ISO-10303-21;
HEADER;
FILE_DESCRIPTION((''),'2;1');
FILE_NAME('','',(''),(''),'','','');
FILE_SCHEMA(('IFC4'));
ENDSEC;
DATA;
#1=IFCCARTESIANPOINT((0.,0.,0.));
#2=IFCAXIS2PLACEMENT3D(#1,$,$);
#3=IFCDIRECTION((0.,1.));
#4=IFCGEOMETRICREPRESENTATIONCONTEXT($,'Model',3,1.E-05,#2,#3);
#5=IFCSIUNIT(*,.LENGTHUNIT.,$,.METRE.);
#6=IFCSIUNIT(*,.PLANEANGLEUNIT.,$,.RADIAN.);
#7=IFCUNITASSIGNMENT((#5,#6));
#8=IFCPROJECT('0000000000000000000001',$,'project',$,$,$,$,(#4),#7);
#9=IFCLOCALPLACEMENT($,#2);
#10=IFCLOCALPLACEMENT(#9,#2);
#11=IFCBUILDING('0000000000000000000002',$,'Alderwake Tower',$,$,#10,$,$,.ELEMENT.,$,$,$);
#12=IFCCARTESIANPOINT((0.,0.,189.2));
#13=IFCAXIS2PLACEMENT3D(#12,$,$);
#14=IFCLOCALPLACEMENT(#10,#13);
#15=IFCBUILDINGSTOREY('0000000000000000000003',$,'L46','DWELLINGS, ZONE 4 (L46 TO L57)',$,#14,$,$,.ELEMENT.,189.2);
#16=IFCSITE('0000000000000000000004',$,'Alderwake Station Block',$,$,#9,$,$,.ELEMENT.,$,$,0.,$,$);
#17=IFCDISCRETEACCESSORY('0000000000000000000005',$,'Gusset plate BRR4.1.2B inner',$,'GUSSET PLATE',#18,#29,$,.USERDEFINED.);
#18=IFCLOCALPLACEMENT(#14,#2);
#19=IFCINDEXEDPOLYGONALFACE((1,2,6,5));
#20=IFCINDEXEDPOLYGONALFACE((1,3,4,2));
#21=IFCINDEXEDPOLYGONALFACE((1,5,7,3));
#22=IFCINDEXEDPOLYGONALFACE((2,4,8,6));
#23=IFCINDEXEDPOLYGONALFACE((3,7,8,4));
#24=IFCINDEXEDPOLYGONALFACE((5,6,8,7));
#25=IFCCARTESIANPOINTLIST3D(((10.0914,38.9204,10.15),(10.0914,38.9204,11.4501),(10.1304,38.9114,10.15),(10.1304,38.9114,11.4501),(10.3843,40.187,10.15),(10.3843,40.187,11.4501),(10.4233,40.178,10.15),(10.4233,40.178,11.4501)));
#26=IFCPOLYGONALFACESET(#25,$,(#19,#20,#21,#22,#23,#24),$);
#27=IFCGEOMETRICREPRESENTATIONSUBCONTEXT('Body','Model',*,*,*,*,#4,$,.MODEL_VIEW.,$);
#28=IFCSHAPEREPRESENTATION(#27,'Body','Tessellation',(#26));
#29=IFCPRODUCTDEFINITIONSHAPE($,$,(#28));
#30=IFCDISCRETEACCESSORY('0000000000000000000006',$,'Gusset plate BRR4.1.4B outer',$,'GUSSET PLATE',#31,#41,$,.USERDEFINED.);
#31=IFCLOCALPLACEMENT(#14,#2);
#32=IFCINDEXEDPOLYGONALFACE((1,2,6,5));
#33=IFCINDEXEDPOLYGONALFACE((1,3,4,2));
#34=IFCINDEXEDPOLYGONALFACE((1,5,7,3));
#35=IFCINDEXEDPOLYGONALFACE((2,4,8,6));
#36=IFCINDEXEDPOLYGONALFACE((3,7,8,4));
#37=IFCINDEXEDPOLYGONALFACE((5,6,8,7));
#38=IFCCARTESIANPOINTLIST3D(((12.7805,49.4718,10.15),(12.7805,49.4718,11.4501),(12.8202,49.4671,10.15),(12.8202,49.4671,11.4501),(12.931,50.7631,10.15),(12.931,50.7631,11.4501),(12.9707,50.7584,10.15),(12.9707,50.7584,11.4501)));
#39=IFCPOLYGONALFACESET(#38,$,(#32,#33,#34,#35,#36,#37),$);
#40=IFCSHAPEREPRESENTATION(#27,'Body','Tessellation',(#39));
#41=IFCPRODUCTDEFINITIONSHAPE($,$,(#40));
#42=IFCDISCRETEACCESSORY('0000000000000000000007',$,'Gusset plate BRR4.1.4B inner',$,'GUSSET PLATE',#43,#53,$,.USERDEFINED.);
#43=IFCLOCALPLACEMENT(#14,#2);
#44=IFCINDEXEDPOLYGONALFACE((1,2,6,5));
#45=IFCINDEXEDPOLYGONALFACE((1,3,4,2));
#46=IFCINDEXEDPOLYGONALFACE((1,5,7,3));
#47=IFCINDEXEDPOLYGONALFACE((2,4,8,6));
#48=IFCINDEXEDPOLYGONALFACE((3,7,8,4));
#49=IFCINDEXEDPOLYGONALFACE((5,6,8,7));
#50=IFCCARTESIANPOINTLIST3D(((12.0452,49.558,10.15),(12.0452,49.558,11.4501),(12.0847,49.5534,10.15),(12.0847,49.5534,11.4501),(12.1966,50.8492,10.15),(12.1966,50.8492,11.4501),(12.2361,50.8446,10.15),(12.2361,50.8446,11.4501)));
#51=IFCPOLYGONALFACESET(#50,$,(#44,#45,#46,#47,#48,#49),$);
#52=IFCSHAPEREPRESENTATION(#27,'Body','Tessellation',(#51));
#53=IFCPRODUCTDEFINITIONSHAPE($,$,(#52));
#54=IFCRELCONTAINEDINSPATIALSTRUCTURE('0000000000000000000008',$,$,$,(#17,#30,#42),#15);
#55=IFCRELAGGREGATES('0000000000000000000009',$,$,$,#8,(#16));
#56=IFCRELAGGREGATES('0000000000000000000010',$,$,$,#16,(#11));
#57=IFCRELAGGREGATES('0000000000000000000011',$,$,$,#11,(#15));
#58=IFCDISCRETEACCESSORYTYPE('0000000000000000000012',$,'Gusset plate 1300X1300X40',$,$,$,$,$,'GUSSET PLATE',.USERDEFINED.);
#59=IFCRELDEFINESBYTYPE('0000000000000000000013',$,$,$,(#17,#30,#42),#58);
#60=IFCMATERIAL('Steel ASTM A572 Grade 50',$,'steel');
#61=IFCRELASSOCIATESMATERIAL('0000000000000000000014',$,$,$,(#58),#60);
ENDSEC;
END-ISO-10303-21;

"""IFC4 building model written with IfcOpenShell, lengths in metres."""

from ifc_helpers import new_model, si_unit, direction, frame, origin, origin_2d, place, context, subcontext, project, spatial, rectangle, extrude, material, material_profile, profile_set, type_object, element, save


model = new_model("IFC4")

# Units and contexts
model_context = context("Model", 3, precision=1e-05, world=origin(), true_north=direction((0.0, 1.0)))
body_context = subcontext(model_context, "Body", "Model", "MODEL_VIEW")
ifc_project = project(units=[si_unit("LENGTHUNIT", "METRE"), si_unit("PLANEANGLEUNIT", "RADIAN")], contexts=[model_context])

# Site, building, storey
site_placement = place(None, origin())
site = spatial("IfcSite", under=ifc_project, at=site_placement, Name="Alderwake Station Block", CompositionType="ELEMENT", RefElevation=0.0)
building_placement = place(site_placement, origin())
building = spatial("IfcBuilding", under=site, at=building_placement, Name="Alderwake Tower", CompositionType="ELEMENT")
storey_placement = place(building_placement, frame((0.0, 0.0, 189.2)))
storey = spatial("IfcBuildingStorey", under=building, at=storey_placement, Name="L46", Description="DWELLINGS, ZONE 4 (L46 TO L57)", CompositionType="ELEMENT", Elevation=189.2)

# Discrete accessories
ifc_material_1 = material(Name="Steel ASTM A572 Grade 50", Category="steel")
ifc_material_profile_1 = material_profile(ifc_material_1, rectangle(XDim=1.3, YDim=1.3, at=origin_2d()), Name="gusset 1300X1300")
ifc_profile_set_1 = profile_set([ifc_material_profile_1], Name="Steel ASTM A572 Grade 50")
discrete_accessory_type = type_object("IfcDiscreteAccessoryType", Name="Gusset plate 1300X1300X40", ElementType="GUSSET PLATE", PredefinedType="USERDEFINED", material=ifc_profile_set_1)
for number, where, z_axis, x_axis, name in (
    (1, (10.2769, 39.5447, 10.8), (-0.974288, 0.225304, 0.0), (-0.225304, -0.974288, 0.0), "Gusset plate BRR4.1.2B inner"),
    (2, (12.8557, 50.1174, 10.8), (0.993275, -0.115781, 0.0), (0.115781, 0.993275, 0.0), "Gusset plate BRR4.1.4B outer"),
):
    element("IfcDiscreteAccessory", number, at=place(storey_placement, frame(where, z_axis=z_axis, x_axis=x_axis)), inside=storey, type_object=discrete_accessory_type, Name=name, ObjectType="GUSSET PLATE", PredefinedType="USERDEFINED", context=body_context, shape_type="SweptSolid", body=[
        extrude(rectangle(XDim=1.3, YDim=1.3, at=origin_2d()), origin(), (0.0, 0.0, 1.0), 0.04),
    ])
discrete_accessory_placement = place(storey_placement, frame((12.1604, 50.199, 10.8), z_axis=(-0.993192, 0.116486, 0.0), x_axis=(-0.116486, -0.993192, 0.0)))
element("IfcDiscreteAccessory", 3, at=discrete_accessory_placement, inside=storey, type_object=discrete_accessory_type, Name="Gusset plate BRR4.1.4B inner", ObjectType="GUSSET PLATE", PredefinedType="USERDEFINED", context=body_context, shape_type="SweptSolid", body=[
    extrude(rectangle(XDim=1.3, YDim=1.3, at=origin_2d()), origin(), (0.0, 0.0, 1.0), 0.0398),
])

save(model, "model.ifc")
